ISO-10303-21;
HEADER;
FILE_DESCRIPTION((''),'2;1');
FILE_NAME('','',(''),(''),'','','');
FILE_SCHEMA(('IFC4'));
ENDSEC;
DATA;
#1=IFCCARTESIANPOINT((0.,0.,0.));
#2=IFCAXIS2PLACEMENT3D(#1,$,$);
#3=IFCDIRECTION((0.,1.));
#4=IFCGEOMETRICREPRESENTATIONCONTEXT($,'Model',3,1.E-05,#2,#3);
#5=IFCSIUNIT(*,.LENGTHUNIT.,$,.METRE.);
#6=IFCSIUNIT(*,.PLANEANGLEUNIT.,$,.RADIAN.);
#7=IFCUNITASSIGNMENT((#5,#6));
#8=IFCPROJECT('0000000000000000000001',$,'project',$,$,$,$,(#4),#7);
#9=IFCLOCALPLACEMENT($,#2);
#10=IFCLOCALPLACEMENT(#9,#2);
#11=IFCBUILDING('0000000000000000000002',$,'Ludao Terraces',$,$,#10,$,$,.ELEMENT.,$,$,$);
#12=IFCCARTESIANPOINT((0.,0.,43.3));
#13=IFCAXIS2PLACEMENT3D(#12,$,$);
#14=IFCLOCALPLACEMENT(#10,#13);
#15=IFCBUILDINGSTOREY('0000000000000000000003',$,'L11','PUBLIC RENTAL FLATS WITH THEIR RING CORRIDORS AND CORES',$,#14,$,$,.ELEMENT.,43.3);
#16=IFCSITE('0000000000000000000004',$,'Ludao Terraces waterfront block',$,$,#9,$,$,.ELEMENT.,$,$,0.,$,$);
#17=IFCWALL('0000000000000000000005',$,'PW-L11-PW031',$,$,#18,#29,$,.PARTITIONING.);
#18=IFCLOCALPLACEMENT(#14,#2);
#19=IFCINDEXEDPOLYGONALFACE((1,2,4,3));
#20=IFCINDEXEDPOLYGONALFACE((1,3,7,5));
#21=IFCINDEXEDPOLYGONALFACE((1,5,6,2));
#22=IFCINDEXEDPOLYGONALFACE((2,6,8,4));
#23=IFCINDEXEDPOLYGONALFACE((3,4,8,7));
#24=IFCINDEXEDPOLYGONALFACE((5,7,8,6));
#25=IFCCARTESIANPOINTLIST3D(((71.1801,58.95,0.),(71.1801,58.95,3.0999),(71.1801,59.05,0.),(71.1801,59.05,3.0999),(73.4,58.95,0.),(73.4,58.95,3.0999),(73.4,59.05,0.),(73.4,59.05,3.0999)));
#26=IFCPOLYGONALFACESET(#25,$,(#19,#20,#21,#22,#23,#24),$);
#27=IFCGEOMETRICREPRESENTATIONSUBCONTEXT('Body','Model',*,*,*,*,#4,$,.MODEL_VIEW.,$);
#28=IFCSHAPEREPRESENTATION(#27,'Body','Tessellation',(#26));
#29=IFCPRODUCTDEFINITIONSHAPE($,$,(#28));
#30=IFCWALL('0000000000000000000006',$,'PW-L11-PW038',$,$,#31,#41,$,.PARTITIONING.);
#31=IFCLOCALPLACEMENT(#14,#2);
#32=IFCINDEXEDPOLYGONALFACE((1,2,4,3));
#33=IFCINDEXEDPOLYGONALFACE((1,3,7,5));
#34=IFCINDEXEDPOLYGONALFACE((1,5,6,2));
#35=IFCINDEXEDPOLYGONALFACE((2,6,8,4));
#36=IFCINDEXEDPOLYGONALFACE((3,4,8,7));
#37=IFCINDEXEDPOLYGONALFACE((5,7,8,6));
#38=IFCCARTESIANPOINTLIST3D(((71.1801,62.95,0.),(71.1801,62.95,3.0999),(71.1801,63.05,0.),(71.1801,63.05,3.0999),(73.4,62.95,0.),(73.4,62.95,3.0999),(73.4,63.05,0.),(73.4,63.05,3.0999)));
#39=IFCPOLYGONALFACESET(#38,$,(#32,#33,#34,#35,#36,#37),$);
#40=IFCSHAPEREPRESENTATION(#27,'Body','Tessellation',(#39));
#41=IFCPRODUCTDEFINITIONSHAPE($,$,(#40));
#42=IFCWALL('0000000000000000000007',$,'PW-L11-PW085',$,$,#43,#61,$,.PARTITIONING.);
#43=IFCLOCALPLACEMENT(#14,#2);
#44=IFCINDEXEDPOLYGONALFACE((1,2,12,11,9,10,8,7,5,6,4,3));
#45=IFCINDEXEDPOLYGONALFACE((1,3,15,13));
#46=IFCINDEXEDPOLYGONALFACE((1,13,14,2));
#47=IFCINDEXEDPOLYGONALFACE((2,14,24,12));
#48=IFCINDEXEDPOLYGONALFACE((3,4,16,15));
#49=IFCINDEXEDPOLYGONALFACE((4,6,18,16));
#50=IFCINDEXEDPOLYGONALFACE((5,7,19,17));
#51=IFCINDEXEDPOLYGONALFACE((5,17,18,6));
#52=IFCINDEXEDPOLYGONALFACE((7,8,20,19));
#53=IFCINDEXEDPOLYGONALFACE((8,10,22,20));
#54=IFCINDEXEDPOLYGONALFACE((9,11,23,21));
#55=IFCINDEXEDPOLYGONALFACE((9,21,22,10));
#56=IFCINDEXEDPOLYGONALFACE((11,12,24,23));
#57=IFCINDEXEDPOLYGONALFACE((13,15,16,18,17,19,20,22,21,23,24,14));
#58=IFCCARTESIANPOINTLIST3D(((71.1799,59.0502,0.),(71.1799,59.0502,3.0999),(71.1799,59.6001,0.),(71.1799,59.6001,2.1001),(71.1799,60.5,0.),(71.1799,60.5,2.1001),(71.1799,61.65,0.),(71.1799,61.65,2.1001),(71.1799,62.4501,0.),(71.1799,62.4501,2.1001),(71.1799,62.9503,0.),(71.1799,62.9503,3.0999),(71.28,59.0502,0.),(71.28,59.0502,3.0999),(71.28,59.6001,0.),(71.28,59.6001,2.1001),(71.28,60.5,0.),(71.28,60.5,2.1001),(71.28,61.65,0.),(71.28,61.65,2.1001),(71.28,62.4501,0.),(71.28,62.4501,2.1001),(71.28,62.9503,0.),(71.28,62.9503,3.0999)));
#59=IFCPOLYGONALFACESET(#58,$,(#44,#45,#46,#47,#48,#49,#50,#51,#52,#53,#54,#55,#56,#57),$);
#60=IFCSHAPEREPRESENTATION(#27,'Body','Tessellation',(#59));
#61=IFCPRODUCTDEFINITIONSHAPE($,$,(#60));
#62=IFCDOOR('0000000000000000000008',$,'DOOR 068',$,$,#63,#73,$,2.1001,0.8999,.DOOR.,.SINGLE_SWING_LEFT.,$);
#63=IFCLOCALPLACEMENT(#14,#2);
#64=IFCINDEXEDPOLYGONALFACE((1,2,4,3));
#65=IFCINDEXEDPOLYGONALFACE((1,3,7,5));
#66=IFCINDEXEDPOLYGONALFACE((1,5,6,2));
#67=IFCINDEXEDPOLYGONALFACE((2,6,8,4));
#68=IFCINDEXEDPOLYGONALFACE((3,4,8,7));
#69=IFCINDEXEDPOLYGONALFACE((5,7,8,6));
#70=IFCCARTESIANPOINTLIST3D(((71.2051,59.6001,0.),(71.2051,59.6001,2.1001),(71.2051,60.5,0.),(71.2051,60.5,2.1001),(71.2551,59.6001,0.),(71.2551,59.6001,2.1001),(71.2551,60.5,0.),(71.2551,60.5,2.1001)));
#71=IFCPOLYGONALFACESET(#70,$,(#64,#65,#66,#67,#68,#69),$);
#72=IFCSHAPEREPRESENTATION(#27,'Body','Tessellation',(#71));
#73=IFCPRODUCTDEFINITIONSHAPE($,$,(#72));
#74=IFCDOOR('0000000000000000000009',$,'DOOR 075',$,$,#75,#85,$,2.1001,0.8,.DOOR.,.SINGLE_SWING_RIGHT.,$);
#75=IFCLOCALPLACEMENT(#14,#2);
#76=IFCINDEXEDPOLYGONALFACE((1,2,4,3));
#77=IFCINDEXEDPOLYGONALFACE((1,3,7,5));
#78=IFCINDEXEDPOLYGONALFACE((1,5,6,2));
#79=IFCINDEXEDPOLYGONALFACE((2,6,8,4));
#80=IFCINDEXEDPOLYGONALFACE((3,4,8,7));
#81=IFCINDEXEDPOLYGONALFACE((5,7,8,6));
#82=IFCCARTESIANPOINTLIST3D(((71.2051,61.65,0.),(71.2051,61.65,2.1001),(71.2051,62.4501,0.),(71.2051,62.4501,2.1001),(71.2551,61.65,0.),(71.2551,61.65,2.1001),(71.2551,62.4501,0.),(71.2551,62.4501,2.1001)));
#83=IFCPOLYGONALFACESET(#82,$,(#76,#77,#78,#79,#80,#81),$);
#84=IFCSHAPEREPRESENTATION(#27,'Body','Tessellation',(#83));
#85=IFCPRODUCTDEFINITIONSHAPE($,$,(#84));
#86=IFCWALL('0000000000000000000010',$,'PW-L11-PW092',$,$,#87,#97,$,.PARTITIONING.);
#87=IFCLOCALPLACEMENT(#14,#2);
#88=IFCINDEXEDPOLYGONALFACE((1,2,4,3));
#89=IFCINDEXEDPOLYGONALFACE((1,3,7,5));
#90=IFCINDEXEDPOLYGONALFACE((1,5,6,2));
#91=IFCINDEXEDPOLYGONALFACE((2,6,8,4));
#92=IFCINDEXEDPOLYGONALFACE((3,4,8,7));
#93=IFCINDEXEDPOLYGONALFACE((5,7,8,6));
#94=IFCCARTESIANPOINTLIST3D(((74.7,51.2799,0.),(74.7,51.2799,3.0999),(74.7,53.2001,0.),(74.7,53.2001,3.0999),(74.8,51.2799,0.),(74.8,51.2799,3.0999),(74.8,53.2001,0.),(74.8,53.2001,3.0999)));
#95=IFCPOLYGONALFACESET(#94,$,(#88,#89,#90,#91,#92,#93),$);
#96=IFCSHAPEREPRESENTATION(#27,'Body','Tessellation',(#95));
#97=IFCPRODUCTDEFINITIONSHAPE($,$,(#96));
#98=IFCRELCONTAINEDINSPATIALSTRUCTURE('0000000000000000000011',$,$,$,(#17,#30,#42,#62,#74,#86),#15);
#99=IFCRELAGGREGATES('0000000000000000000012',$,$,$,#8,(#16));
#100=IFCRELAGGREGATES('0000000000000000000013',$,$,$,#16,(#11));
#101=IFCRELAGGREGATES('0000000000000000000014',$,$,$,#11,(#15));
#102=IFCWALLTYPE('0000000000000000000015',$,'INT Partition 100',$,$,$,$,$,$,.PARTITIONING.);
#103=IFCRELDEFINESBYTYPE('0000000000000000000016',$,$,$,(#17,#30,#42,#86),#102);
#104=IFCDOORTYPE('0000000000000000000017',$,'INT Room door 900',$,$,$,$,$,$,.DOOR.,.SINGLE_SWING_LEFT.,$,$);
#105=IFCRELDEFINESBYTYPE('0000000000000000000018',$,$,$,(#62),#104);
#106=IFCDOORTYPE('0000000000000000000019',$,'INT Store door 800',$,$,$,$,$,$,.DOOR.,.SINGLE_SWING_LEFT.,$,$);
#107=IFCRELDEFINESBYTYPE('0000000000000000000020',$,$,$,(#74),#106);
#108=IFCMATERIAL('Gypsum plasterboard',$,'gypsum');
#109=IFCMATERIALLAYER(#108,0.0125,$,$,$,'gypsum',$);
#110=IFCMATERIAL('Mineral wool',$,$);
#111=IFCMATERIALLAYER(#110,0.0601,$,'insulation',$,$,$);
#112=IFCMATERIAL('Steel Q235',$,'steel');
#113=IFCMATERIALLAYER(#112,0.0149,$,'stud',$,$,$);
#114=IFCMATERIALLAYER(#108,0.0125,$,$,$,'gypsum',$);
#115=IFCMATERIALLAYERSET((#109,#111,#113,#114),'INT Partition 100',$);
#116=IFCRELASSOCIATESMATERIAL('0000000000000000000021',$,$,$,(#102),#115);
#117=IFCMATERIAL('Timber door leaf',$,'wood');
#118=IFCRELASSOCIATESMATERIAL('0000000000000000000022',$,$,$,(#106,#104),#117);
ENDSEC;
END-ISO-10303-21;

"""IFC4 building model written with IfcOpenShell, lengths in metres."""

from ifc_helpers import new_model, si_unit, direction, frame, frame_2d, origin, place, context, subcontext, project, spatial, rectangle, extrude, material, layer, layer_set, type_object, element, fill, save


model = new_model("IFC4")

# Units and contexts
model_context = context("Model", 3, precision=1e-05, world=origin(), true_north=direction((0.0, 1.0)))
body_context = subcontext(model_context, "Body", "Model", "MODEL_VIEW")
ifc_project = project(units=[si_unit("LENGTHUNIT", "METRE"), si_unit("PLANEANGLEUNIT", "RADIAN")], contexts=[model_context])

# Site, building, storey
site_placement = place(None, origin())
site = spatial("IfcSite", under=ifc_project, at=site_placement, Name="Ludao Terraces waterfront block", CompositionType="ELEMENT", RefElevation=0.0)
building_placement = place(site_placement, origin())
building = spatial("IfcBuilding", under=site, at=building_placement, Name="Ludao Terraces", CompositionType="ELEMENT")
storey_placement = place(building_placement, frame((0.0, 0.0, 43.3)))
storey = spatial("IfcBuildingStorey", under=building, at=storey_placement, Name="L11", Description="PUBLIC RENTAL FLATS WITH THEIR RING CORRIDORS AND CORES", CompositionType="ELEMENT", Elevation=43.3)

# Shared definitions
ifc_material_1 = material(Name="Steel Q235", Category="steel")

# Shared definitions
ifc_material_2 = material(Name="Gypsum plasterboard", Category="gypsum")
ifc_layer_1 = layer(ifc_material_2, 0.0125, Category="gypsum")
ifc_material_3 = material(Name="Mineral wool")
ifc_layer_2 = layer(ifc_material_3, 0.0601, Name="insulation")
ifc_layer_3 = layer(ifc_material_1, 0.0149, Name="stud")
ifc_layer_4 = layer(ifc_material_2, 0.0125, Category="gypsum")
ifc_layer_set_1 = layer_set([ifc_layer_1, ifc_layer_2, ifc_layer_3, ifc_layer_4], Name="INT Partition 100")
wall_type_1 = type_object("IfcWallType", Name="INT Partition 100", PredefinedType="PARTITIONING", material=ifc_layer_set_1)

# Shared definitions
ifc_material_4 = material(Name="Timber door leaf", Category="wood")
door_type_1 = type_object("IfcDoorType", Name="INT Store door 800", OperationType="SINGLE_SWING_LEFT", PredefinedType="DOOR", material=ifc_material_4)

# Walls
for number, where, z_axis, x_axis, name in (
    (1, (71.1802, 59.0, 0.0), (0.0, 0.0, 1.0), (1.0, 0.0, 0.0), "PW-L11-PW031"),
    (2, (71.1802, 63.0, 0.0), (0.0, 0.0, 1.0), (1.0, 0.0, 0.0), "PW-L11-PW038"),
):
    element("IfcWall", number, at=place(storey_placement, frame(where, z_axis=z_axis, x_axis=x_axis)), inside=storey, type_object=wall_type_1, Name=name, PredefinedType="PARTITIONING", context=body_context, shape_type="SweptSolid", body=[
        extrude(rectangle(XDim=2.22, YDim=0.1001, at=frame_2d((1.1099, 0.0))), origin(), (0.0, 0.0, 1.0), 3.0999),
    ])

# Wall, openings, doors
wall_1_placement = place(storey_placement, frame((71.23, 59.05, 0.0), z_axis=(0.0, 0.0, 1.0), x_axis=(0.0, 1.0, 0.0)))
wall_1 = element("IfcWall", 3, at=wall_1_placement, inside=storey, type_object=wall_type_1, Name="PW-L11-PW085", PredefinedType="PARTITIONING", context=body_context, shape_type="SweptSolid", body=[
    extrude(rectangle(XDim=3.9001, YDim=0.1001, at=frame_2d((1.9502, 0.0))), origin(), (0.0, 0.0, 1.0), 3.0999),
])
opening_1_placement = place(wall_1_placement, frame((0.55, 0.0, 0.0)))
opening_1 = element("IfcOpeningElement", 4, at=opening_1_placement, cuts=wall_1, PredefinedType="OPENING", context=body_context, shape_type="SweptSolid", body=[
    extrude(rectangle(XDim=0.8999, YDim=2.1001, at=frame_2d((0.45, 1.05))), frame((0.0, 0.0601, 0.0), z_axis=(0.0, -1.0, 0.0), x_axis=(1.0, 0.0, 0.0)), (0.0, 0.0, 1.0), 0.1201),
])
opening_2_placement = place(wall_1_placement, frame((2.6001, 0.0, 0.0)))
opening_2 = element("IfcOpeningElement", 5, at=opening_2_placement, cuts=wall_1, PredefinedType="OPENING", context=body_context, shape_type="SweptSolid", body=[
    extrude(rectangle(XDim=0.8, YDim=2.1001, at=frame_2d((0.3999, 1.05))), frame((0.0, 0.0601, 0.0), z_axis=(0.0, -1.0, 0.0), x_axis=(1.0, 0.0, 0.0)), (0.0, 0.0, 1.0), 0.1201),
])
door_type_2 = type_object("IfcDoorType", Name="INT Room door 900", OperationType="SINGLE_SWING_LEFT", PredefinedType="DOOR", material=ifc_material_4)
door_1_placement = place(opening_1_placement, origin())
door_1 = element("IfcDoor", 6, at=door_1_placement, inside=storey, type_object=door_type_2, Name="DOOR 068", OperationType="SINGLE_SWING_LEFT", OverallHeight=2.1001, OverallWidth=0.8999, PredefinedType="DOOR", context=body_context, shape_type="SweptSolid", body=[
    extrude(rectangle(XDim=0.8999, YDim=2.1001, at=frame_2d((0.45, 1.05))), frame((0.0, 0.0249, 0.0), z_axis=(0.0, -1.0, 0.0), x_axis=(1.0, 0.0, 0.0)), (0.0, 0.0, 1.0), 0.05),
])
fill(opening_1, door_1)
door_2_placement = place(opening_2_placement, origin())
door_2 = element("IfcDoor", 7, at=door_2_placement, inside=storey, type_object=door_type_1, Name="DOOR 075", OperationType="SINGLE_SWING_RIGHT", OverallHeight=2.1001, OverallWidth=0.8, PredefinedType="DOOR", context=body_context, shape_type="SweptSolid", body=[
    extrude(rectangle(XDim=0.8, YDim=2.1001, at=frame_2d((0.3999, 1.05))), frame((0.0, 0.0249, 0.0), z_axis=(0.0, -1.0, 0.0), x_axis=(1.0, 0.0, 0.0)), (0.0, 0.0, 1.0), 0.05),
])
fill(opening_2, door_2)

# Wall
wall_2_placement = place(storey_placement, frame((74.75, 51.28, 0.0), z_axis=(0.0, 0.0, 1.0), x_axis=(0.0, 1.0, 0.0)))
element("IfcWall", 8, at=wall_2_placement, inside=storey, type_object=wall_type_1, Name="PW-L11-PW092", PredefinedType="PARTITIONING", context=body_context, shape_type="SweptSolid", body=[
    extrude(rectangle(XDim=1.9202, YDim=0.1001, at=frame_2d((0.96, 0.0))), origin(), (0.0, 0.0, 1.0), 3.0999),
])

save(model, "model.ifc")
